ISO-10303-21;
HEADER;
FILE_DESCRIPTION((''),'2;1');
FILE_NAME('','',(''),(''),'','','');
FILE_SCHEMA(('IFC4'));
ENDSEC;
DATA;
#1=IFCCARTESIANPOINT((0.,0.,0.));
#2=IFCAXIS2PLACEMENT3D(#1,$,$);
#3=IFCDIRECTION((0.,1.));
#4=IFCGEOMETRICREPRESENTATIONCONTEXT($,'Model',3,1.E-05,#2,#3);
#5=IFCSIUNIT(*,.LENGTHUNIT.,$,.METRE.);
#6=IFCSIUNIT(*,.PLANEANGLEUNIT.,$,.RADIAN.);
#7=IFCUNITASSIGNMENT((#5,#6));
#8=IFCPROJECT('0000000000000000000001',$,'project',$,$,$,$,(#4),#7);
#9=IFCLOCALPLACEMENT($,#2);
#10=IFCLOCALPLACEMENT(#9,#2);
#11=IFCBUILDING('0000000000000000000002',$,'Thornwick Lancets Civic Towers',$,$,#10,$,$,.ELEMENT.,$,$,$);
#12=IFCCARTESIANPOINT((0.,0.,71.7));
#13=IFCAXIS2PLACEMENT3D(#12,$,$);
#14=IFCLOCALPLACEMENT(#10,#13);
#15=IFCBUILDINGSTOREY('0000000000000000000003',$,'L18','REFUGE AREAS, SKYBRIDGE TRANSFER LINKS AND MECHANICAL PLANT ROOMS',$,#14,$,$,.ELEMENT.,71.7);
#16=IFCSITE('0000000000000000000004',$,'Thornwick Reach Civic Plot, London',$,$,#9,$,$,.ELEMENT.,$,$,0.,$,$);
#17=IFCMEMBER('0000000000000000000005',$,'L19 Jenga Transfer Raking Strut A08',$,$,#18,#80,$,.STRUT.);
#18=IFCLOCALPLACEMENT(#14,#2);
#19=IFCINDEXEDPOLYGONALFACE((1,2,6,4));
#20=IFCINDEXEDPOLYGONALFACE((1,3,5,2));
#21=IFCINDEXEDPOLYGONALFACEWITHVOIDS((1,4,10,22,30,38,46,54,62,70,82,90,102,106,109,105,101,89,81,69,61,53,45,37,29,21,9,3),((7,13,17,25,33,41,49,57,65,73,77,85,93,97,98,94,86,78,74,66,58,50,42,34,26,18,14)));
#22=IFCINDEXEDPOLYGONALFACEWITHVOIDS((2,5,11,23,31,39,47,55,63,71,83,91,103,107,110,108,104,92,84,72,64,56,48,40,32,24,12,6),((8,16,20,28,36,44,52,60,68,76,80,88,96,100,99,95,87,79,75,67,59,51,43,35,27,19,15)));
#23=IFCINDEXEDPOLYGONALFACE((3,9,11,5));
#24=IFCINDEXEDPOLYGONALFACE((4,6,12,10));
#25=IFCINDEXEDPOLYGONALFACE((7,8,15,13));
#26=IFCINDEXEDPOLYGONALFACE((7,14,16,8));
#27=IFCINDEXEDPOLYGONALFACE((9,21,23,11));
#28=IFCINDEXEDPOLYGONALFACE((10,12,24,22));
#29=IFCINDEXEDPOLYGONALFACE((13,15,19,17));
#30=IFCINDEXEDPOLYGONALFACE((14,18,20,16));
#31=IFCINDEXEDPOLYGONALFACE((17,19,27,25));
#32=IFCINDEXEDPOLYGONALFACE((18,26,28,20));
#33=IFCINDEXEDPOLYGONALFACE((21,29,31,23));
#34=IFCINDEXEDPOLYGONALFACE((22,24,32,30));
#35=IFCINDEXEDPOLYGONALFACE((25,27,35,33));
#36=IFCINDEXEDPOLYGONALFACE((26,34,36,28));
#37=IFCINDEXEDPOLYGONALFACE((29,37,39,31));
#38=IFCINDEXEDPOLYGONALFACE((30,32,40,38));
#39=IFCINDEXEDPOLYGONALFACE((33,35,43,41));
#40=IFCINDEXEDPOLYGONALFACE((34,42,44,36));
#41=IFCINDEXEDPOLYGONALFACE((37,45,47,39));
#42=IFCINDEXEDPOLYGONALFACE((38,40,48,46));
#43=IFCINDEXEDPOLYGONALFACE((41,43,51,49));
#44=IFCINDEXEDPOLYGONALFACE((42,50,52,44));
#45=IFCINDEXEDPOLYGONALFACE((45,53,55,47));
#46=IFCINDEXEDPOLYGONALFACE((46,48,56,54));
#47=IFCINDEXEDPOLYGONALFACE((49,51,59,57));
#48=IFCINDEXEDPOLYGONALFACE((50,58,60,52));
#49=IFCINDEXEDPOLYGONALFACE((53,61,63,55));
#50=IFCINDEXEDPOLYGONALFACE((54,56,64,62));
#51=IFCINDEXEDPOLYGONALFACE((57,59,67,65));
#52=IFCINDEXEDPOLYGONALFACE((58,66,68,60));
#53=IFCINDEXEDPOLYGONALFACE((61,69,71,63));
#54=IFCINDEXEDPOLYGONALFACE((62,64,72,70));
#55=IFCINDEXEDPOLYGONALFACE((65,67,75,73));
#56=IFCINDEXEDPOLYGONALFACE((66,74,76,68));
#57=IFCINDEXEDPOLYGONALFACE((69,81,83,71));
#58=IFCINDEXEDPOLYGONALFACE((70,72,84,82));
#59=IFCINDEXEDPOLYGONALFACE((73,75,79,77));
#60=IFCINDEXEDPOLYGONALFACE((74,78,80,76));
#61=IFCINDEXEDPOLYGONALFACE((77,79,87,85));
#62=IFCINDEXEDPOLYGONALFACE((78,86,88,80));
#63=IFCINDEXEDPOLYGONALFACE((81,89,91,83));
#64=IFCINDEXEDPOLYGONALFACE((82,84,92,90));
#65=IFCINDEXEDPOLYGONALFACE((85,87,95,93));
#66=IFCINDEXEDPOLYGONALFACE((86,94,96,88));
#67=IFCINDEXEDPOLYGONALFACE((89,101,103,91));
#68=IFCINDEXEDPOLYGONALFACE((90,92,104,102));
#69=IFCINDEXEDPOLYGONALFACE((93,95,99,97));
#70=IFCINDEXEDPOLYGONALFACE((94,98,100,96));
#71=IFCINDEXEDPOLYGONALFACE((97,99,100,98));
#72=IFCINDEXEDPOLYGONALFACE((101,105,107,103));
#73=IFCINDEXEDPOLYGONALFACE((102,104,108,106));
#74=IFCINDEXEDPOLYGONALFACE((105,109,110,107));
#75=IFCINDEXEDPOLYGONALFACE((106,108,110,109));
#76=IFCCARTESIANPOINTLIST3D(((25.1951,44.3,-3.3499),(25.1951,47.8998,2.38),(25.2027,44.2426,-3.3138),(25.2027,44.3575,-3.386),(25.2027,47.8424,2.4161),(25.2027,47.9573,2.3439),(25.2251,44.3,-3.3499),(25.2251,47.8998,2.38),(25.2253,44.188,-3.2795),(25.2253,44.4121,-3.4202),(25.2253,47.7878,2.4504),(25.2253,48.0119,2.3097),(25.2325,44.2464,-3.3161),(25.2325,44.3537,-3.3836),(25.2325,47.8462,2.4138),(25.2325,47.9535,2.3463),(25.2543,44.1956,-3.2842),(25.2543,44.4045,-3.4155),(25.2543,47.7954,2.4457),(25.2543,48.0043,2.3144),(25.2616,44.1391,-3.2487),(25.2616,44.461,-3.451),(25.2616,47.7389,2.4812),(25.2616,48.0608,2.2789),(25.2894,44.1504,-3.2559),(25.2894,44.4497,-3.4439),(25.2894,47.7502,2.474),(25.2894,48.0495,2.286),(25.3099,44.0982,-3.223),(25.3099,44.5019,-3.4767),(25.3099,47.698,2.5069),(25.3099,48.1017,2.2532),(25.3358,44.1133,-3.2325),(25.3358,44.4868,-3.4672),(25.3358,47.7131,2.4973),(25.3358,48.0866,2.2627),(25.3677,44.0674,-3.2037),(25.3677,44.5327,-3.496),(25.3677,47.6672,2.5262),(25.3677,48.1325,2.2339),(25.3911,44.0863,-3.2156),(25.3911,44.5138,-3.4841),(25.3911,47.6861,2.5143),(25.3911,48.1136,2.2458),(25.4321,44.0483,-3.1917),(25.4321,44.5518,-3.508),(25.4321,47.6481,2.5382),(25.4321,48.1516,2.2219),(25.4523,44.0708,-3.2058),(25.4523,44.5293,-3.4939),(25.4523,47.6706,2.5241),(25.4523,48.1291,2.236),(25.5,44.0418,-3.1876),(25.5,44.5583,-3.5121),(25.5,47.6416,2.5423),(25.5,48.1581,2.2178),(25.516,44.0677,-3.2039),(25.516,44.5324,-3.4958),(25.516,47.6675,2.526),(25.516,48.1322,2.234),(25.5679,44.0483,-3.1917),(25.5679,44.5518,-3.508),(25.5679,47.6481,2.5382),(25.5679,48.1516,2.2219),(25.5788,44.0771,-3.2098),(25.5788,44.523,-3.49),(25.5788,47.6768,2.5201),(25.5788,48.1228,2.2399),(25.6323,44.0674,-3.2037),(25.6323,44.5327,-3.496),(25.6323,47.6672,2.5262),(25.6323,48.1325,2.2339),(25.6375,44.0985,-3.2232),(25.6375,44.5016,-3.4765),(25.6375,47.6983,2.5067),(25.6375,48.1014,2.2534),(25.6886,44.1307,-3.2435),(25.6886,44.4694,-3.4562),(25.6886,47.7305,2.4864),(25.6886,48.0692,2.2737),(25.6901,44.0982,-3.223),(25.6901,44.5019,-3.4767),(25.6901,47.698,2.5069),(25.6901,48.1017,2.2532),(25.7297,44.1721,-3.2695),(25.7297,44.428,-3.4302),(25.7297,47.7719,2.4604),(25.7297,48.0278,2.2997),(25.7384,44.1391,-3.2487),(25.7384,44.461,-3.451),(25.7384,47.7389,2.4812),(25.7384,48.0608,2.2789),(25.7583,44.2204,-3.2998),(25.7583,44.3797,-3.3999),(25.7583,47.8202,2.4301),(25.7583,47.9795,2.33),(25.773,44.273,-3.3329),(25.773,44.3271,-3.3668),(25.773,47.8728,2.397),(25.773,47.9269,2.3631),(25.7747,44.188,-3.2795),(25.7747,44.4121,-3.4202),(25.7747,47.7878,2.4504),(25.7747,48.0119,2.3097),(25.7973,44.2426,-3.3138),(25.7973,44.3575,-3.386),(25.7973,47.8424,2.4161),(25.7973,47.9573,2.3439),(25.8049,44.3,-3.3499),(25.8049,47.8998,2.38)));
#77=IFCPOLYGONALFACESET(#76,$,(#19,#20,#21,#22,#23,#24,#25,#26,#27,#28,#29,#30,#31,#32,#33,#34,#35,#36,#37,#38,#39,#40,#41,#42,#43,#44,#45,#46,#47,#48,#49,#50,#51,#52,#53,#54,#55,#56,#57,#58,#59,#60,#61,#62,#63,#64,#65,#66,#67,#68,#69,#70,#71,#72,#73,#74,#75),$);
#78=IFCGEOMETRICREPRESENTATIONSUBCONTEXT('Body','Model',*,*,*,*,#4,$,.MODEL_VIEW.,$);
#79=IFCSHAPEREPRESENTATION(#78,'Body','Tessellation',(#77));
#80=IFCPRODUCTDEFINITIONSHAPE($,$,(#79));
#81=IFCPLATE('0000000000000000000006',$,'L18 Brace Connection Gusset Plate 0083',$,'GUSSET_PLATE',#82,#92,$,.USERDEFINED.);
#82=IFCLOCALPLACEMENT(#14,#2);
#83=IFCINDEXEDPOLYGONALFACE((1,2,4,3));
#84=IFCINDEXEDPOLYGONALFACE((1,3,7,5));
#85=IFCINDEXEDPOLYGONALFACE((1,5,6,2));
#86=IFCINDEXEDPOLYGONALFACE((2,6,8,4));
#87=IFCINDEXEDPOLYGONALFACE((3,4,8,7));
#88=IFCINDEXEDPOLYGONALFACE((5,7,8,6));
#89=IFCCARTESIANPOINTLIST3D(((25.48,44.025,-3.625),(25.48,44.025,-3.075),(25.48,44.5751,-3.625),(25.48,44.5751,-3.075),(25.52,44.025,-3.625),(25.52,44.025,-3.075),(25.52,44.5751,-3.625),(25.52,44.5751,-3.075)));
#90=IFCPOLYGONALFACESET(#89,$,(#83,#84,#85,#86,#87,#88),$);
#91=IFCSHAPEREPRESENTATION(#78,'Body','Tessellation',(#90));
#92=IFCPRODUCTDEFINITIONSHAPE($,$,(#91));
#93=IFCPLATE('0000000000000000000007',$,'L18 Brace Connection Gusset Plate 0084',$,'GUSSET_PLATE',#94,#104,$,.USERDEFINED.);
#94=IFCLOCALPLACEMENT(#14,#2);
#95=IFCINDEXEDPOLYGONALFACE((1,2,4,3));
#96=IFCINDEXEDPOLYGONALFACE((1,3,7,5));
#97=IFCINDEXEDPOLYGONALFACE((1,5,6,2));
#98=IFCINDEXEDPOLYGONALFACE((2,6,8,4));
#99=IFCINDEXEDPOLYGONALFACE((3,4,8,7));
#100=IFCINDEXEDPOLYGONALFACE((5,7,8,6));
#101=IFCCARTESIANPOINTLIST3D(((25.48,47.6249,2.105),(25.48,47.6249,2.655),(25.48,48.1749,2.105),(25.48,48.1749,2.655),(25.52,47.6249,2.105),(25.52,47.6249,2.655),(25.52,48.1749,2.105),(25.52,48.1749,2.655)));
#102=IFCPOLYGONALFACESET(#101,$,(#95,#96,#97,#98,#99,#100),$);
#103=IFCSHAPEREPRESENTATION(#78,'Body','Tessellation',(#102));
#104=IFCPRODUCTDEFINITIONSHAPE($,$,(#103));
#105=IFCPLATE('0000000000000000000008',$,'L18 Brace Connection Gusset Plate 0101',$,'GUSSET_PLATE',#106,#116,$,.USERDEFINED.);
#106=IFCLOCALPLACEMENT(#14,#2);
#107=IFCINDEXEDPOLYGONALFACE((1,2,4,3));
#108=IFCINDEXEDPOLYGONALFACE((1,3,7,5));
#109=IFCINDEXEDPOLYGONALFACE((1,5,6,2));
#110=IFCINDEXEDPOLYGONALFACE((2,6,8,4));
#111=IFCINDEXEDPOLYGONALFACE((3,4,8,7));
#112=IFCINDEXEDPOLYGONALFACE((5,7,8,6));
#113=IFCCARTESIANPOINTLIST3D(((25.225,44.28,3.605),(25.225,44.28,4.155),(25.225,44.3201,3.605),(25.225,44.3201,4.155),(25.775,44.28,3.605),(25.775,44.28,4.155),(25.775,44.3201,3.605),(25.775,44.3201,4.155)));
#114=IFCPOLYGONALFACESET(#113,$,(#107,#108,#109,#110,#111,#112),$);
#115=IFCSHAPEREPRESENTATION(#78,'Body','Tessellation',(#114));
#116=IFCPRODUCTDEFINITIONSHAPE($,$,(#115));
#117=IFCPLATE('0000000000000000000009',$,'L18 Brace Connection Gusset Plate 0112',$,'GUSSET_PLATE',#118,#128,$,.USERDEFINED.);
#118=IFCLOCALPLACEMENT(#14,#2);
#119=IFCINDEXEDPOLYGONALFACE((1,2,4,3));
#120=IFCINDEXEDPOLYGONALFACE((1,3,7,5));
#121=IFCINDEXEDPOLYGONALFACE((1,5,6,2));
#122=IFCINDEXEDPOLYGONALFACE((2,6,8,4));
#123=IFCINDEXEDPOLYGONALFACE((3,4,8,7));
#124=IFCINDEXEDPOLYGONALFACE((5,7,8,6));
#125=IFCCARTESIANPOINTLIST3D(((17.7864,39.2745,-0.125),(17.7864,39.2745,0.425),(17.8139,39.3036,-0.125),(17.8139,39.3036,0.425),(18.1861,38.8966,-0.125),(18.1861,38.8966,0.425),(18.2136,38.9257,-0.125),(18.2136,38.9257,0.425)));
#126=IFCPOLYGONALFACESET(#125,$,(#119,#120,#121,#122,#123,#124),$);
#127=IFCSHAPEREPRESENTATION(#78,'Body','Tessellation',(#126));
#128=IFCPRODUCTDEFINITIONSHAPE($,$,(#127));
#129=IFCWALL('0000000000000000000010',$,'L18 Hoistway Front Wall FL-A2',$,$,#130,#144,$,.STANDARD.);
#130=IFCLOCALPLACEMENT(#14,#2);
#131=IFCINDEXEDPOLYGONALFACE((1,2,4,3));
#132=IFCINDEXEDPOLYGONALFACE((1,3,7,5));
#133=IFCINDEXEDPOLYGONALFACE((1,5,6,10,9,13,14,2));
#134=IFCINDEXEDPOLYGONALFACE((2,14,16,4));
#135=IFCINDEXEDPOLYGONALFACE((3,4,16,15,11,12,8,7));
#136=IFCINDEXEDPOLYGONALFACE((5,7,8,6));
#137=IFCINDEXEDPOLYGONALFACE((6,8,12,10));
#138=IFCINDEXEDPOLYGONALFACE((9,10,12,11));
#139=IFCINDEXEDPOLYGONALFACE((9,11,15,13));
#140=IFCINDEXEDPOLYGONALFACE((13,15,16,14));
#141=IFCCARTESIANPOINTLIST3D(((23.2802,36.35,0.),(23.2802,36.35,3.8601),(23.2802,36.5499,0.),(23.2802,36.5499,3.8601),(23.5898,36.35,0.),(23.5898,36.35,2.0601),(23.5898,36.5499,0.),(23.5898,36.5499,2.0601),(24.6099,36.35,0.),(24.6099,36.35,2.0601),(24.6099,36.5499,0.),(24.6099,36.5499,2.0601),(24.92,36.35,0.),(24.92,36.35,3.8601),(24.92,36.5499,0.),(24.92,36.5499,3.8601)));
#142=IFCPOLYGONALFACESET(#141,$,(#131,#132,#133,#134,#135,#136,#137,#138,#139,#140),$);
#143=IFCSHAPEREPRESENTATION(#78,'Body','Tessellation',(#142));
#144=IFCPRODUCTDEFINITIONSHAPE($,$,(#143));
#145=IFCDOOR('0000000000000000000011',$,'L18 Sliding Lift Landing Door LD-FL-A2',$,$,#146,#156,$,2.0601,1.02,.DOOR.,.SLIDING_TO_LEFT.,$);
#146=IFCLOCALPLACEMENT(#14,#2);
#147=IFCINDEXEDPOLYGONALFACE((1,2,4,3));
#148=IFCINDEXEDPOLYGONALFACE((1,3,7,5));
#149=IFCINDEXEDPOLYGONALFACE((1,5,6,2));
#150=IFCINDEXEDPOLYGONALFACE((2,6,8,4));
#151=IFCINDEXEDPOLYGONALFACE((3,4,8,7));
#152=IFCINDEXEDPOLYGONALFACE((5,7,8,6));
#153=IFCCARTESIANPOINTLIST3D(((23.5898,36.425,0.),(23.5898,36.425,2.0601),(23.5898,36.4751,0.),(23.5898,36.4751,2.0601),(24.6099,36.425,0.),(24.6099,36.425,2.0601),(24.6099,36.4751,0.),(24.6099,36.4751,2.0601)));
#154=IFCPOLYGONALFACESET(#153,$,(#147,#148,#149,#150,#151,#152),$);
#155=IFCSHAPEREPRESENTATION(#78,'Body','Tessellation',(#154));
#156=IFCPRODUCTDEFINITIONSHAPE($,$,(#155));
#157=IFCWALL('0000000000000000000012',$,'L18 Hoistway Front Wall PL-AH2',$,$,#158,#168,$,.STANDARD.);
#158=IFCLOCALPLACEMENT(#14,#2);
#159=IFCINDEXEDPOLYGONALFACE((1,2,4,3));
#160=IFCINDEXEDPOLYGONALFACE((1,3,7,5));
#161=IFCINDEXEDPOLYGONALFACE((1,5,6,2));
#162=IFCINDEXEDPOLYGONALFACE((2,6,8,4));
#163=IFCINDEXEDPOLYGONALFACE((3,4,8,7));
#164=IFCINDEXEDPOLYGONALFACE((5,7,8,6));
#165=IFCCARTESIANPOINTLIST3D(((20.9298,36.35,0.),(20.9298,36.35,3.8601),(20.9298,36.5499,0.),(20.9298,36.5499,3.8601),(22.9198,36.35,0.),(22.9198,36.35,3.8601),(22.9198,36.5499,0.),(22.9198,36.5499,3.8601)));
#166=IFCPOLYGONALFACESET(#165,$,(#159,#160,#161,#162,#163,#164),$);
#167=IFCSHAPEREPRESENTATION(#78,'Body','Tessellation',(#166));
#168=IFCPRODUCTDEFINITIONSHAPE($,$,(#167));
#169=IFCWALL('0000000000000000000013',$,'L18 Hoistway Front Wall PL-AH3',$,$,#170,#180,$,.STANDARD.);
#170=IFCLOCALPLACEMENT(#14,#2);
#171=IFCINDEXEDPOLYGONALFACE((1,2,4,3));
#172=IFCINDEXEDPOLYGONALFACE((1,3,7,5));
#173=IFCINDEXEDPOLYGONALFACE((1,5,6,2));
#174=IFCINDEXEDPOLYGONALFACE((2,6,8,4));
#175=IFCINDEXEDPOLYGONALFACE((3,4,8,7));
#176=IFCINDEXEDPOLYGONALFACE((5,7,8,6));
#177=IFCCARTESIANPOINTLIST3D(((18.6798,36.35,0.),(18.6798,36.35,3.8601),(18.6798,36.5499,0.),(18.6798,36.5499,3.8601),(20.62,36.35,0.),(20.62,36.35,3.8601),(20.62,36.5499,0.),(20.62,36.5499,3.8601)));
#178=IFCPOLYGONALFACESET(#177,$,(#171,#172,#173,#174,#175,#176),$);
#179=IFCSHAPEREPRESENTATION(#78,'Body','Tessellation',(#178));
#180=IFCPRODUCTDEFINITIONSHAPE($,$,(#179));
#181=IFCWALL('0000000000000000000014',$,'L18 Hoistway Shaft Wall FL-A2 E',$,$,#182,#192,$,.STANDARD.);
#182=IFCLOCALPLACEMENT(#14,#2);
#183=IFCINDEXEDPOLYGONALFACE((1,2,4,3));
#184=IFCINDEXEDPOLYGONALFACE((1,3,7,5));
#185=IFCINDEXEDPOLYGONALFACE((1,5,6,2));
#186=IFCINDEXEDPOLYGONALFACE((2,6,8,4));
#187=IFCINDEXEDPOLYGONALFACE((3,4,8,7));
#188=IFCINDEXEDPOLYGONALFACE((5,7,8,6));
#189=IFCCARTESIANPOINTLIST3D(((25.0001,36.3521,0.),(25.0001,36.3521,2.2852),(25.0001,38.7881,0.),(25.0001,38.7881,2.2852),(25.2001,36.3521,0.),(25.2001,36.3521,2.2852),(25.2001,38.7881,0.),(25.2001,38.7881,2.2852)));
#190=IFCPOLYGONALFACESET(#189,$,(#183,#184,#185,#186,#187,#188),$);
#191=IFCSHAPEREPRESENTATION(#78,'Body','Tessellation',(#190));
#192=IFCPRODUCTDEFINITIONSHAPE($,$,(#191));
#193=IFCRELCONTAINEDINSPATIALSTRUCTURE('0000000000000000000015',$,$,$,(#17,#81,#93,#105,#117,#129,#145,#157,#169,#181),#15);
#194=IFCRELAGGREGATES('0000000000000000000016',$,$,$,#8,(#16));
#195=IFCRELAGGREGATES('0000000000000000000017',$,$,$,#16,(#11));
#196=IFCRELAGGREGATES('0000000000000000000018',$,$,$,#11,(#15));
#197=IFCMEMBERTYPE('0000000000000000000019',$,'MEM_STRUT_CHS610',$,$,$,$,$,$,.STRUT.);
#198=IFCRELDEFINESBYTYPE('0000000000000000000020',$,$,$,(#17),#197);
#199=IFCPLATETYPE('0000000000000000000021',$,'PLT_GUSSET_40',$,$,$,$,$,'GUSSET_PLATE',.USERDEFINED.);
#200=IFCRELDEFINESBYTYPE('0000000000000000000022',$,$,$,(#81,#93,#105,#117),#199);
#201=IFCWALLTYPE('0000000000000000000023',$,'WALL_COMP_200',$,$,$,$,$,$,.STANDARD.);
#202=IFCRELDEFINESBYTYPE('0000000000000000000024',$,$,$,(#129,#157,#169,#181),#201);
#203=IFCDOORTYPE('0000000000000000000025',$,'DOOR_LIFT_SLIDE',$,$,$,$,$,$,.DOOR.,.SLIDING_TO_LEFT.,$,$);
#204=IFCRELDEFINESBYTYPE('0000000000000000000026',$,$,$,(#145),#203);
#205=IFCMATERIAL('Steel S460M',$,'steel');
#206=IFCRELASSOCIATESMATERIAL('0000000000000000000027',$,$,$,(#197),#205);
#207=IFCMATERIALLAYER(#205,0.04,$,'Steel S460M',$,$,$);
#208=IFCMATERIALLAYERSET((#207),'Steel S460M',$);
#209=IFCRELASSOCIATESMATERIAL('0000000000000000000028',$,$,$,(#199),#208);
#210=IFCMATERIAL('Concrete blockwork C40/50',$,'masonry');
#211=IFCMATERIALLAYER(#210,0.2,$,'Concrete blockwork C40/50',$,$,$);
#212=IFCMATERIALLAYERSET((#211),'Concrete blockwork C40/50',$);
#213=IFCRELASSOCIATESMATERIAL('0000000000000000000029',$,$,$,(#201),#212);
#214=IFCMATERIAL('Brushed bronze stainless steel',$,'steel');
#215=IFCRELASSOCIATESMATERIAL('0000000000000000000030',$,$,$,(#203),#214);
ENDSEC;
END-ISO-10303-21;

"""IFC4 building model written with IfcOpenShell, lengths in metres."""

from ifc_helpers import new_model, si_unit, direction, frame, frame_2d, origin, origin_2d, place, context, subcontext, project, spatial, rectangle, hollow_circle, extrude, material, layer, layer_set, material_profile, profile_set, type_object, element, fill, save


model = new_model("IFC4")

# Units and contexts
model_context = context("Model", 3, precision=1e-05, world=origin(), true_north=direction((0.0, 1.0)))
body_context = subcontext(model_context, "Body", "Model", "MODEL_VIEW")
ifc_project = project(units=[si_unit("LENGTHUNIT", "METRE"), si_unit("PLANEANGLEUNIT", "RADIAN")], contexts=[model_context])

# Site, building, storey
site_placement = place(None, origin())
site = spatial("IfcSite", under=ifc_project, at=site_placement, Name="Thornwick Reach Civic Plot, London", CompositionType="ELEMENT", RefElevation=0.0)
building_placement = place(site_placement, origin())
building = spatial("IfcBuilding", under=site, at=building_placement, Name="Thornwick Lancets Civic Towers", CompositionType="ELEMENT")
storey_placement = place(building_placement, frame((0.0, 0.0, 71.7)))
storey = spatial("IfcBuildingStorey", under=building, at=storey_placement, Name="L18", Description="REFUGE AREAS, SKYBRIDGE TRANSFER LINKS AND MECHANICAL PLANT ROOMS", CompositionType="ELEMENT", Elevation=71.7)

# Member
ifc_material_1 = material(Name="Steel S460M", Category="steel")
ifc_material_profile_1 = material_profile(ifc_material_1, hollow_circle(Radius=0.3049, WallThickness=0.03, at=origin_2d()), Name="CHS 610x30")
ifc_profile_set_1 = profile_set([ifc_material_profile_1], Name="Steel S460M")
member_type_1 = type_object("IfcMemberType", Name="MEM_STRUT_CHS610", PredefinedType="STRUT", material=ifc_profile_set_1)
member_1_placement = place(storey_placement, frame((25.5, 44.3, -3.3499), z_axis=(0.0, 0.531976, 0.84676), x_axis=(-1.0, 0.0, 0.0)))
element("IfcMember", 1, at=member_1_placement, inside=storey, type_object=member_type_1, Name="L19 Jenga Transfer Raking Strut A08", PredefinedType="STRUT", context=body_context, shape_type="SweptSolid", body=[
    extrude(hollow_circle(Radius=0.3049, WallThickness=0.03, at=origin_2d()), origin(), (0.0, 0.0, 1.0), 6.7668),
])

# Plates
ifc_layer_1 = layer(ifc_material_1, 0.04, Name="Steel S460M")
ifc_layer_set_1 = layer_set([ifc_layer_1], Name="Steel S460M")
plate_type = type_object("IfcPlateType", Name="PLT_GUSSET_40", ElementType="GUSSET_PLATE", PredefinedType="USERDEFINED", material=ifc_layer_set_1)
for number, where, z_axis, x_axis, name in (
    (2, (25.5, 44.3, -3.625), (0.0, 0.0, 1.0), (0.0, 1.0, 0.0), "L18 Brace Connection Gusset Plate 0083"),
    (3, (25.5, 47.8999, 2.105), (0.0, 0.0, 1.0), (0.0, 1.0, 0.0), "L18 Brace Connection Gusset Plate 0084"),
    (4, (25.5, 44.3, 3.605), (0.0, 0.0, 1.0), (1.0, 0.0, 0.0), "L18 Brace Connection Gusset Plate 0101"),
    (5, (18.0, 39.1001, -0.125), (0.0, 0.0, 1.0), (-0.726695, 0.686961, 0.0), "L18 Brace Connection Gusset Plate 0112"),
):
    element("IfcPlate", number, at=place(storey_placement, frame(where, z_axis=z_axis, x_axis=x_axis)), inside=storey, type_object=plate_type, Name=name, ObjectType="GUSSET_PLATE", PredefinedType="USERDEFINED", context=body_context, shape_type="SweptSolid", body=[
        extrude(rectangle(XDim=0.55, YDim=0.04, at=origin_2d()), origin(), (0.0, 0.0, 1.0), 0.55),
    ])

# Wall, opening, door
ifc_material_2 = material(Name="Concrete blockwork C40/50", Category="masonry")
ifc_layer_2 = layer(ifc_material_2, 0.2, Name="Concrete blockwork C40/50")
ifc_layer_set_2 = layer_set([ifc_layer_2], Name="Concrete blockwork C40/50")
wall_type = type_object("IfcWallType", Name="WALL_COMP_200", PredefinedType="STANDARD", material=ifc_layer_set_2)
wall_1_placement = place(storey_placement, frame((24.9199, 36.45, 0.0), z_axis=(0.0, 0.0, 1.0), x_axis=(-1.0, 0.0, 0.0)))
wall_1 = element("IfcWall", 6, at=wall_1_placement, inside=storey, type_object=wall_type, Name="L18 Hoistway Front Wall FL-A2", PredefinedType="STANDARD", context=body_context, shape_type="SweptSolid", body=[
    extrude(rectangle(XDim=1.6399, YDim=0.2, at=frame_2d((0.8198, 0.0))), origin(), (0.0, 0.0, 1.0), 3.8601),
])
opening_placement = place(wall_1_placement, frame((0.3101, 0.0, 0.0)))
opening = element("IfcOpeningElement", 7, at=opening_placement, cuts=wall_1, PredefinedType="OPENING", context=body_context, shape_type="SweptSolid", body=[
    extrude(rectangle(XDim=1.02, YDim=2.0601, at=frame_2d((0.51, 1.03))), frame((0.0, 0.1099, 0.0), z_axis=(0.0, -1.0, 0.0), x_axis=(1.0, 0.0, 0.0)), (0.0, 0.0, 1.0), 0.22),
])
ifc_material_3 = material(Name="Brushed bronze stainless steel", Category="steel")
door_type = type_object("IfcDoorType", Name="DOOR_LIFT_SLIDE", OperationType="SLIDING_TO_LEFT", PredefinedType="DOOR", material=ifc_material_3)
door_placement = place(opening_placement, origin())
door = element("IfcDoor", 8, at=door_placement, inside=storey, type_object=door_type, Name="L18 Sliding Lift Landing Door LD-FL-A2", OperationType="SLIDING_TO_LEFT", OverallHeight=2.0601, OverallWidth=1.02, PredefinedType="DOOR", context=body_context, shape_type="SweptSolid", body=[
    extrude(rectangle(XDim=1.02, YDim=2.0601, at=frame_2d((0.51, 1.03))), frame((0.0, 0.0249, 0.0), z_axis=(0.0, -1.0, 0.0), x_axis=(1.0, 0.0, 0.0)), (0.0, 0.0, 1.0), 0.05),
])
fill(opening, door)

# Walls
wall_2_placement = place(storey_placement, frame((22.9199, 36.45, 0.0), z_axis=(0.0, 0.0, 1.0), x_axis=(-1.0, 0.0, 0.0)))
element("IfcWall", 9, at=wall_2_placement, inside=storey, type_object=wall_type, Name="L18 Hoistway Front Wall PL-AH2", PredefinedType="STANDARD", context=body_context, shape_type="SweptSolid", body=[
    extrude(rectangle(XDim=1.99, YDim=0.2, at=frame_2d((0.9951, 0.0))), origin(), (0.0, 0.0, 1.0), 3.8601),
])
wall_3_placement = place(storey_placement, frame((20.6201, 36.45, 0.0), z_axis=(0.0, 0.0, 1.0), x_axis=(-1.0, 0.0, 0.0)))
element("IfcWall", 10, at=wall_3_placement, inside=storey, type_object=wall_type, Name="L18 Hoistway Front Wall PL-AH3", PredefinedType="STANDARD", context=body_context, shape_type="SweptSolid", body=[
    extrude(rectangle(XDim=1.9402, YDim=0.2, at=frame_2d((0.9702, 0.0))), origin(), (0.0, 0.0, 1.0), 3.8601),
])
wall_4_placement = place(storey_placement, frame((25.1001, 36.3521, 0.0), z_axis=(0.0, 0.0, 1.0), x_axis=(0.0, 1.0, 0.0)))
element("IfcWall", 11, at=wall_4_placement, inside=storey, type_object=wall_type, Name="L18 Hoistway Shaft Wall FL-A2 E", PredefinedType="STANDARD", context=body_context, shape_type="SweptSolid", body=[
    extrude(rectangle(XDim=2.436, YDim=0.2, at=frame_2d((1.218, 0.0))), origin(), (0.0, 0.0, 1.0), 2.2852),
])

save(model, "model.ifc")
